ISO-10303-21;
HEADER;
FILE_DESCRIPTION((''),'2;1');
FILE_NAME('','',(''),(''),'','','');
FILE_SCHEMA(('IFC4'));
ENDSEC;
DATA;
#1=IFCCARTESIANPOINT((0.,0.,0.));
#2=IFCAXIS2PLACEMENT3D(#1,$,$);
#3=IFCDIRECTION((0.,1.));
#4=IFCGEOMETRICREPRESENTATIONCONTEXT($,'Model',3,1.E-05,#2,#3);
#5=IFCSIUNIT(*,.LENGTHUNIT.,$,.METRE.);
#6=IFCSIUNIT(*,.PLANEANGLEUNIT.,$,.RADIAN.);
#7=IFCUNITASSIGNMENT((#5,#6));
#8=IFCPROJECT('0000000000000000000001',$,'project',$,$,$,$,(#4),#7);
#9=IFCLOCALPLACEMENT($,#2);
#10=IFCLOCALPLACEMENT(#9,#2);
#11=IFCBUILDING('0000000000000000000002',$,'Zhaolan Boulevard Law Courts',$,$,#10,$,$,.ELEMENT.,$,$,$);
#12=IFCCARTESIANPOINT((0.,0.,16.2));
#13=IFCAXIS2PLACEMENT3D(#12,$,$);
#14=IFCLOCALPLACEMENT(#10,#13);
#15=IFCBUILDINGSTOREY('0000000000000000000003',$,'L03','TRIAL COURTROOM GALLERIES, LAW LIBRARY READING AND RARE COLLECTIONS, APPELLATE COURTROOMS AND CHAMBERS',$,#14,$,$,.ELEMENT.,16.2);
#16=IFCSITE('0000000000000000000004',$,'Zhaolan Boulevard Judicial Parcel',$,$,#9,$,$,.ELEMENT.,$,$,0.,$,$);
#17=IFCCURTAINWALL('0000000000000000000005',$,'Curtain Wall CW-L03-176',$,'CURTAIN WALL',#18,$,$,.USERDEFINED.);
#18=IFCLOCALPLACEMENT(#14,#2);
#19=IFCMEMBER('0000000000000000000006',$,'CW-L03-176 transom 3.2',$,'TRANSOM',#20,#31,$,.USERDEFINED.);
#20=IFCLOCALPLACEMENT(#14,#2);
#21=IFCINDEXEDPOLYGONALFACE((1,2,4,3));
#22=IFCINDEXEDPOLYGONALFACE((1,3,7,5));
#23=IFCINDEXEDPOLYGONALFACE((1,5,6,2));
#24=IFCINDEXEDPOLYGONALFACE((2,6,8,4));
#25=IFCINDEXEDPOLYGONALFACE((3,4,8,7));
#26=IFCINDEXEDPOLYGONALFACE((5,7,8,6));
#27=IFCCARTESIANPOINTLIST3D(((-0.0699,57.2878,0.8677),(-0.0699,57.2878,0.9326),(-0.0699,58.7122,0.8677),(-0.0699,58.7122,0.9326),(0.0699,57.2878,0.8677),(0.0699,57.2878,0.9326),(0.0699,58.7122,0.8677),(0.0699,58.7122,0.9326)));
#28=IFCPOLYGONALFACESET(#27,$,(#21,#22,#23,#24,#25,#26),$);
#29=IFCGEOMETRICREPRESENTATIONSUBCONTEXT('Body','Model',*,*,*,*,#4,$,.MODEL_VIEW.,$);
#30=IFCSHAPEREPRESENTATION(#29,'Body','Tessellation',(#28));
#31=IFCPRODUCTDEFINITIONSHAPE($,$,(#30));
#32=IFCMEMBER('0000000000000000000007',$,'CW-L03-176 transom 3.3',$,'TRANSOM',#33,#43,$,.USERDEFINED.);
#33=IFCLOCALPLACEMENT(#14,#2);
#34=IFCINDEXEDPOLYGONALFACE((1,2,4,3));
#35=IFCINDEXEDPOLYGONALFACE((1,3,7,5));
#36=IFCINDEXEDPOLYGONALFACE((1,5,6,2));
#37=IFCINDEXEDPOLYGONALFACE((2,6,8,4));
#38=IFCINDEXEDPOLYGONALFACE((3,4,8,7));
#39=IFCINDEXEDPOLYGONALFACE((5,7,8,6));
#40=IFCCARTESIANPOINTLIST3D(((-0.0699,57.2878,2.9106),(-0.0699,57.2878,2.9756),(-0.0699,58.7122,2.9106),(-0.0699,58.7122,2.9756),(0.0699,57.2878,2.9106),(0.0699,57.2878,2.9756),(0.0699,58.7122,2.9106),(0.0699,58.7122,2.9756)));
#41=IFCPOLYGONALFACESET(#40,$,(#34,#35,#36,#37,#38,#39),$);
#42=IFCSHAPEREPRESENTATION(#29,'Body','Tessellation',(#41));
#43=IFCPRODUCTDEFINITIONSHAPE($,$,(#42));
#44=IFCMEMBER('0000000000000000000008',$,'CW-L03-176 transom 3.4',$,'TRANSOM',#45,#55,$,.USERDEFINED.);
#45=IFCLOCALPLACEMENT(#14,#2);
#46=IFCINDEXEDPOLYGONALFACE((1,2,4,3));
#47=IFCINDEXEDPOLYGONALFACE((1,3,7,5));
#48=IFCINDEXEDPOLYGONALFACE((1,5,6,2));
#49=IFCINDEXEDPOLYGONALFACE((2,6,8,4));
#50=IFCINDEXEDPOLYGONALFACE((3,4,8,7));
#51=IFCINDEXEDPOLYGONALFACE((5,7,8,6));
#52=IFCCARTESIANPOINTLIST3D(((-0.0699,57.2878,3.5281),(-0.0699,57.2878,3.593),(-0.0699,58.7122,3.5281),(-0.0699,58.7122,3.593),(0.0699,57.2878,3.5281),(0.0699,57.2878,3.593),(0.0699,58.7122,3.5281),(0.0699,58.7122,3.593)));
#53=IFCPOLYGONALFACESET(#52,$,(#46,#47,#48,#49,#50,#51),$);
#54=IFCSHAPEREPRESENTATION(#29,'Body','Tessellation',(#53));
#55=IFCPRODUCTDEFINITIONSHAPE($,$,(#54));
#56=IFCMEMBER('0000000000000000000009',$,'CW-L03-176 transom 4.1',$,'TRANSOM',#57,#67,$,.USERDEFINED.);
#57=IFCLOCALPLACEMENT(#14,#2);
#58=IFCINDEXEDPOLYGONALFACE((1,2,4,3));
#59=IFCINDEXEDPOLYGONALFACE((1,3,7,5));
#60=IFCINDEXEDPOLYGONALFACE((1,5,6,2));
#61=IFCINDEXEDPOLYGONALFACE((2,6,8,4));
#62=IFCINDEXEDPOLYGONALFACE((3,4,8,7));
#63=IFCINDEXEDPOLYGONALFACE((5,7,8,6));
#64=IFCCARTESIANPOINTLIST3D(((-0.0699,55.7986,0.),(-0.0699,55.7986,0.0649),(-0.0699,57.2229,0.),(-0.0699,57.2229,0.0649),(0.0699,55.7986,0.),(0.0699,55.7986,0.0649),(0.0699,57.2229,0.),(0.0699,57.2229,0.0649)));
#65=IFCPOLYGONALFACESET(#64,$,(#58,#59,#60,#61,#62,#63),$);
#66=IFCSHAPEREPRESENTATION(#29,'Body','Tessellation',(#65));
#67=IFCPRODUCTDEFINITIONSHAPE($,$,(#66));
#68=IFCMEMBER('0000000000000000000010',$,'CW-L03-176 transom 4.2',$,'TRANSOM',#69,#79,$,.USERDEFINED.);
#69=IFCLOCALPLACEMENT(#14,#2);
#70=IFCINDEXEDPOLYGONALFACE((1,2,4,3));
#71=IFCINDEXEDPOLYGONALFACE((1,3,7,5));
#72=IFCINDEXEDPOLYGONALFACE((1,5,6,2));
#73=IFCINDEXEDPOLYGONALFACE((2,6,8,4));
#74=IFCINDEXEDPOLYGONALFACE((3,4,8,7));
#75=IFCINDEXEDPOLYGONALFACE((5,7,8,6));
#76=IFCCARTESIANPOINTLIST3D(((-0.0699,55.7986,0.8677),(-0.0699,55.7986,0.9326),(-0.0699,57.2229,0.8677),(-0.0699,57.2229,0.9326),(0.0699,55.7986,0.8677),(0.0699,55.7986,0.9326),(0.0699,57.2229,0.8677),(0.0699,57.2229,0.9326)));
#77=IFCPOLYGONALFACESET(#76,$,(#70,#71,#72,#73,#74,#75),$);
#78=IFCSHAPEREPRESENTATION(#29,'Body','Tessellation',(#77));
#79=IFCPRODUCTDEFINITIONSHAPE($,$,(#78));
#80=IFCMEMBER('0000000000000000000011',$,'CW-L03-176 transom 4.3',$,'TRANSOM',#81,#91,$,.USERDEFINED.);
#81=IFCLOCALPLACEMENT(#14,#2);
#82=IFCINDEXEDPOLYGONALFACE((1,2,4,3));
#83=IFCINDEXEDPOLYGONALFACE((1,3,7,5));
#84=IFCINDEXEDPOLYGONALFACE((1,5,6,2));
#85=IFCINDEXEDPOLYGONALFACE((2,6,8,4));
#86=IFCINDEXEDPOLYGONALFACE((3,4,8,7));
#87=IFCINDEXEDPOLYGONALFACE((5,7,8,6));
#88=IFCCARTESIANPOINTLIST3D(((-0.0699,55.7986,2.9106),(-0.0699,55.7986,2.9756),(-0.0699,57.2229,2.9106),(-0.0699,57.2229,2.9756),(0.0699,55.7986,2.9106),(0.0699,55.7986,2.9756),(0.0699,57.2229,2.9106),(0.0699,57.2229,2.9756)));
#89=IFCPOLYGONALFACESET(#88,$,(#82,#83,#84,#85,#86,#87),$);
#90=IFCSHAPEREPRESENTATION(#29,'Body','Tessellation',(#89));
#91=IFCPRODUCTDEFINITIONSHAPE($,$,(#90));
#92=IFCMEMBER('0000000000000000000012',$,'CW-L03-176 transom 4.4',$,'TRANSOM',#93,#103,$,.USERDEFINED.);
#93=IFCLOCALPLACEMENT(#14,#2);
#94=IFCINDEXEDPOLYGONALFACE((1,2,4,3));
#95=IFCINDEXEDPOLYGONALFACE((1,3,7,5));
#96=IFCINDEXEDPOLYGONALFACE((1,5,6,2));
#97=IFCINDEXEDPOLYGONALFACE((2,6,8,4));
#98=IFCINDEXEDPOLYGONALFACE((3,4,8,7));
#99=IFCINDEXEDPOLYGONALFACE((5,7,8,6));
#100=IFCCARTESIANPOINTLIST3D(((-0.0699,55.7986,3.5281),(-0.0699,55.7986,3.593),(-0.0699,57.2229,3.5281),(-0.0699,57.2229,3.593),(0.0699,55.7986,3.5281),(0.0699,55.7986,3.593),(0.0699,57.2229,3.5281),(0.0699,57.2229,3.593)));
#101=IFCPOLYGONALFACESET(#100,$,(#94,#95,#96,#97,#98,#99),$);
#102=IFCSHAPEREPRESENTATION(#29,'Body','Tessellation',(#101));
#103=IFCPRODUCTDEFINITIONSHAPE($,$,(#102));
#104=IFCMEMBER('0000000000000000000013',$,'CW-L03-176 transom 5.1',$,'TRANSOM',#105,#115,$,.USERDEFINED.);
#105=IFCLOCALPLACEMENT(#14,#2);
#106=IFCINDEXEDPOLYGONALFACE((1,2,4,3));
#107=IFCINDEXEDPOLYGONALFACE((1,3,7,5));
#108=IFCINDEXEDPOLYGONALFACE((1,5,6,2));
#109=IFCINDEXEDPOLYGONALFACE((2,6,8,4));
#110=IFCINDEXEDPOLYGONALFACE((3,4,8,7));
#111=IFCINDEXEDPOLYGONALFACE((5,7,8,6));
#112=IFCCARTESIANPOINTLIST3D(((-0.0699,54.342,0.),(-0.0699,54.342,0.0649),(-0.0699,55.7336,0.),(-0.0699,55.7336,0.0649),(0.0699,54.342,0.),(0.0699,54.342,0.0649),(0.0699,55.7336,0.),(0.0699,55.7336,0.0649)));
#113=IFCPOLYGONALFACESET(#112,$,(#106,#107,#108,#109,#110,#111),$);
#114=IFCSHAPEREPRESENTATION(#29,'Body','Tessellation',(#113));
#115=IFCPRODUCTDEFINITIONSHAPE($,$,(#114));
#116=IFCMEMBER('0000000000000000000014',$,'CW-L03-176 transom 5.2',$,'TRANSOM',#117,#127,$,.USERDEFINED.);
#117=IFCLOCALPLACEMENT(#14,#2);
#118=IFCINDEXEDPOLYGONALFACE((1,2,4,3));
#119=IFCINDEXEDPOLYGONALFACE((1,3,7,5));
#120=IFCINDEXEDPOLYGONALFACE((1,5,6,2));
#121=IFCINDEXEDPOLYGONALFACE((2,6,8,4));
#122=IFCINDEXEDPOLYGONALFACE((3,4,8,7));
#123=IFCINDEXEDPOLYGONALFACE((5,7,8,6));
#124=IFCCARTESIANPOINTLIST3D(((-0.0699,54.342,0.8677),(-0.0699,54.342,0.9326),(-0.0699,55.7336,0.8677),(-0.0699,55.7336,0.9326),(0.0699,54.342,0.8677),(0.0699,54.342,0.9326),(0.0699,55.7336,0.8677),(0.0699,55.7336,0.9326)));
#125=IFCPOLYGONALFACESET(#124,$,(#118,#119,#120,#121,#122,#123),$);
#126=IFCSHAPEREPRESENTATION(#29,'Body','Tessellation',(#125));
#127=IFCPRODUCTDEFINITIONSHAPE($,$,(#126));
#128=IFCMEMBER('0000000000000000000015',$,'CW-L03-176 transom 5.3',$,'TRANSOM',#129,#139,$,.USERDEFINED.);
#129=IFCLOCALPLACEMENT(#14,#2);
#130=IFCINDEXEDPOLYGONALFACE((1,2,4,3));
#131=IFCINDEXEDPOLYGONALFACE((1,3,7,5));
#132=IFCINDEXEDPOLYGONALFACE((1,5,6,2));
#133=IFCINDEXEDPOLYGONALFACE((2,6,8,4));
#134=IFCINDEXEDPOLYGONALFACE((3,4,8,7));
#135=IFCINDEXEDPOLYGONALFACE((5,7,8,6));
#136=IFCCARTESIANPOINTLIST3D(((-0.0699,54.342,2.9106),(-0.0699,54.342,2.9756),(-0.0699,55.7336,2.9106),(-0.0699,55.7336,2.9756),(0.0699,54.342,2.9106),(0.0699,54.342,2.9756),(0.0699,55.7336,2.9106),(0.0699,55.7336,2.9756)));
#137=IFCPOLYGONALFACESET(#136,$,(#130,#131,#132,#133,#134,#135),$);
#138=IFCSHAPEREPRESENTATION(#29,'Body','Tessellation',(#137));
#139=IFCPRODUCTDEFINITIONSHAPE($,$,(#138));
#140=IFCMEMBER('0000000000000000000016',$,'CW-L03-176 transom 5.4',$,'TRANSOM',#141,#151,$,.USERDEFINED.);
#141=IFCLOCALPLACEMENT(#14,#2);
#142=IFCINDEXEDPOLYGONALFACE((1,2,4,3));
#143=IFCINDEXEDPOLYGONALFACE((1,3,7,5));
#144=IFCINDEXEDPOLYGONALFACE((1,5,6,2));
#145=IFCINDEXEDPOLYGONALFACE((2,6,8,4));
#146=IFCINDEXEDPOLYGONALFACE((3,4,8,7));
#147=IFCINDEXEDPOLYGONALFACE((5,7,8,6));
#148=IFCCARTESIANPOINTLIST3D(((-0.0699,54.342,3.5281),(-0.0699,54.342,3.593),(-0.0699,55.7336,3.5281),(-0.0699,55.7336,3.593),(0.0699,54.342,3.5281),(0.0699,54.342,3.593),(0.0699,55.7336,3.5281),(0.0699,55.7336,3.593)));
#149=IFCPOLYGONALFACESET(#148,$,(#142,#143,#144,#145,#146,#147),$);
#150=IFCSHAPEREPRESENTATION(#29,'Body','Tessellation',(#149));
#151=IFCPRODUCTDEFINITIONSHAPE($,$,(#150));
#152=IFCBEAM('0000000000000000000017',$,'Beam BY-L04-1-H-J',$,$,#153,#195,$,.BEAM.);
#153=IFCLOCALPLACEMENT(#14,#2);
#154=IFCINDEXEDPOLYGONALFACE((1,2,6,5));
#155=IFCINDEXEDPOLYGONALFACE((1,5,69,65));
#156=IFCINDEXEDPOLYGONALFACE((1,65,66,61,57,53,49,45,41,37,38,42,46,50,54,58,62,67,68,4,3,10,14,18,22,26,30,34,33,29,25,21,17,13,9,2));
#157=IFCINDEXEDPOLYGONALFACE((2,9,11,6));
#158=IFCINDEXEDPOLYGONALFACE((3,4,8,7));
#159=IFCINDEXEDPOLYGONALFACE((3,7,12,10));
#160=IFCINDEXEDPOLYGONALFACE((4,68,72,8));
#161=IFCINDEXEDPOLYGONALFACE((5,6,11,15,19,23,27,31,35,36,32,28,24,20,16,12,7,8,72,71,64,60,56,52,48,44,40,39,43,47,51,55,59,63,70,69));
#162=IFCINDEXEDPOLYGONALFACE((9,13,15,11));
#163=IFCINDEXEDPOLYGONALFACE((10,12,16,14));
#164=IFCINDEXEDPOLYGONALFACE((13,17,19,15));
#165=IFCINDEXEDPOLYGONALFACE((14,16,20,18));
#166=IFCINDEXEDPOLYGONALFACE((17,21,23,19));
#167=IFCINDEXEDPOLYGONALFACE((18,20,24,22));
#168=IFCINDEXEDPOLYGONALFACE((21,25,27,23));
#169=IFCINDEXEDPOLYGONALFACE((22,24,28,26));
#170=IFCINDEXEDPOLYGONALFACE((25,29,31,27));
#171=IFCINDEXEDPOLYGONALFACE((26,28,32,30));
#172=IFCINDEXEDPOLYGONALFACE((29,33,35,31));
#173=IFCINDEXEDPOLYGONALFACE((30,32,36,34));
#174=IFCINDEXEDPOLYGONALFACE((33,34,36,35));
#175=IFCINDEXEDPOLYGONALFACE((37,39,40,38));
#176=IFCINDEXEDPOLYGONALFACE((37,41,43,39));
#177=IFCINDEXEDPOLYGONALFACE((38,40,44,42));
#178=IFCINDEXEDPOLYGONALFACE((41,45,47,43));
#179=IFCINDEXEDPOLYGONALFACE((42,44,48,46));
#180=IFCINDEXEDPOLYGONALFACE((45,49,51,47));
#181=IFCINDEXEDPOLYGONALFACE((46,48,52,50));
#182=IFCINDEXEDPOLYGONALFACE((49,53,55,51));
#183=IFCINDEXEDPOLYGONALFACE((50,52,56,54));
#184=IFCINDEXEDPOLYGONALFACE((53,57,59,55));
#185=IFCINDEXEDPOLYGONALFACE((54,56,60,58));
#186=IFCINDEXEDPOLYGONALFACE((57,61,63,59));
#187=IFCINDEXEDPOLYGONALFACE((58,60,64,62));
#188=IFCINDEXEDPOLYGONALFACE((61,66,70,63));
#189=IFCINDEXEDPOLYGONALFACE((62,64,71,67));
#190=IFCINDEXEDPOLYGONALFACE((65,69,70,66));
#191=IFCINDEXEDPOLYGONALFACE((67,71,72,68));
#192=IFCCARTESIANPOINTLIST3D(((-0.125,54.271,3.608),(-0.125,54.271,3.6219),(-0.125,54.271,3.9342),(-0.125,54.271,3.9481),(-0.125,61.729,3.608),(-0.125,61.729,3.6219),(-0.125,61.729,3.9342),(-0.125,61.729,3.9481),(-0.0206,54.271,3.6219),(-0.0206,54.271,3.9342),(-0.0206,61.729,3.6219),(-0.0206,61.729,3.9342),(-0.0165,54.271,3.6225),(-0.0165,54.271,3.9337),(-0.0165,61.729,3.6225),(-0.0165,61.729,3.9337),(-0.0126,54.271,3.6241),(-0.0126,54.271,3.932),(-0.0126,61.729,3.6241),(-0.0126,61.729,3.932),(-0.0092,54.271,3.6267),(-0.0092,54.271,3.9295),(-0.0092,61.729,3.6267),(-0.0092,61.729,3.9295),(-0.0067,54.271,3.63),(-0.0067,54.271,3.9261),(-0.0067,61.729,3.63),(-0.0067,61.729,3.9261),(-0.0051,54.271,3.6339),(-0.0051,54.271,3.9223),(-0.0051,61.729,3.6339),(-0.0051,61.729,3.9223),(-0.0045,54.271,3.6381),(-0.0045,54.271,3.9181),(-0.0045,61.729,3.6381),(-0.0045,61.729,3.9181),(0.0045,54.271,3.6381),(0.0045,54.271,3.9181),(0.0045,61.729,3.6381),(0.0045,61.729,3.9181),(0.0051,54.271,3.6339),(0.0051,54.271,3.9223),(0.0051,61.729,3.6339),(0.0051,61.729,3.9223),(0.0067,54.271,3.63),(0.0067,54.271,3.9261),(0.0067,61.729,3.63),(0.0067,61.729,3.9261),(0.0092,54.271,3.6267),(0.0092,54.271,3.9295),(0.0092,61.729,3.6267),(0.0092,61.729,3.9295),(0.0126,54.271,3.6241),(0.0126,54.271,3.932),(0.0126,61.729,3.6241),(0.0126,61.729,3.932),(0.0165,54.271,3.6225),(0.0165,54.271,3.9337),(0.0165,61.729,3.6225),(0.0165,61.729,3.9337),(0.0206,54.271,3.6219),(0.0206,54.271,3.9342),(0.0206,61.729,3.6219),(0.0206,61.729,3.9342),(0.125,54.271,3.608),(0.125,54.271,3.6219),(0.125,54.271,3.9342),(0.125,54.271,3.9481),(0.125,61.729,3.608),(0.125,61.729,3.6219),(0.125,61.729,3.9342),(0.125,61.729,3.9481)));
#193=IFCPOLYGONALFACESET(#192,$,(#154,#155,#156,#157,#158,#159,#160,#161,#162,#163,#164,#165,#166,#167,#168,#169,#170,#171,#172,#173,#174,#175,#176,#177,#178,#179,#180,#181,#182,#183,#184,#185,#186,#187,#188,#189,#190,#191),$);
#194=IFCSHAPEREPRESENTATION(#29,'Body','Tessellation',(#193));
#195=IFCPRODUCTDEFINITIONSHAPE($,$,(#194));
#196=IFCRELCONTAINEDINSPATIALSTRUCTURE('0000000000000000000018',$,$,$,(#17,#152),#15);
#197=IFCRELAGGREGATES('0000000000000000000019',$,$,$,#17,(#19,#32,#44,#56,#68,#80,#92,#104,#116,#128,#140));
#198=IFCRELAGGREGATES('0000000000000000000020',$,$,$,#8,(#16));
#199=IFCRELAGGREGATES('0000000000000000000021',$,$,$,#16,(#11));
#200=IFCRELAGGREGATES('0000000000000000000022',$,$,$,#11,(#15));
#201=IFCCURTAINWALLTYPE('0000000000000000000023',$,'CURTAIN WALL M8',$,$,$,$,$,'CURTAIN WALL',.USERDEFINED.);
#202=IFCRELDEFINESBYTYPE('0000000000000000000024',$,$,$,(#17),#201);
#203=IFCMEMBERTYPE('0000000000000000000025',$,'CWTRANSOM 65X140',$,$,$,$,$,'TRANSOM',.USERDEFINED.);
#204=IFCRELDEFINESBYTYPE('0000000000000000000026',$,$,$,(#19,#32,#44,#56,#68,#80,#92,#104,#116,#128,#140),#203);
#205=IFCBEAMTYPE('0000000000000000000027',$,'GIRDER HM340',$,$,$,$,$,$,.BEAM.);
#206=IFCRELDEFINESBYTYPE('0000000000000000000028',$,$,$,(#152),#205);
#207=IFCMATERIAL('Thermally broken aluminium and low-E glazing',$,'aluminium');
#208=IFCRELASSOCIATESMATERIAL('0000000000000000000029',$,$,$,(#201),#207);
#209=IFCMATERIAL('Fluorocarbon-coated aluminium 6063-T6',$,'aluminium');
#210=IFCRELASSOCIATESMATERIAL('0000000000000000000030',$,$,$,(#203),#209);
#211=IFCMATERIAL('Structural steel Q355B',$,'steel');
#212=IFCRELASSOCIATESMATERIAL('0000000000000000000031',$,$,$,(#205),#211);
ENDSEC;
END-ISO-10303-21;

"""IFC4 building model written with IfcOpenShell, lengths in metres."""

from ifc_helpers import new_model, si_unit, direction, frame, origin, origin_2d, place, context, subcontext, project, spatial, rectangle, i_section, extrude, material, material_profile, profile_set, type_object, element, aggregate, save


model = new_model("IFC4")

# Units and contexts
model_context = context("Model", 3, precision=1e-05, world=origin(), true_north=direction((0.0, 1.0)))
body_context = subcontext(model_context, "Body", "Model", "MODEL_VIEW")
ifc_project = project(units=[si_unit("LENGTHUNIT", "METRE"), si_unit("PLANEANGLEUNIT", "RADIAN")], contexts=[model_context])

# Site, building, storey
site_placement = place(None, origin())
site = spatial("IfcSite", under=ifc_project, at=site_placement, Name="Zhaolan Boulevard Judicial Parcel", CompositionType="ELEMENT", RefElevation=0.0)
building_placement = place(site_placement, origin())
building = spatial("IfcBuilding", under=site, at=building_placement, Name="Zhaolan Boulevard Law Courts", CompositionType="ELEMENT")
storey_placement = place(building_placement, frame((0.0, 0.0, 16.2)))
storey = spatial("IfcBuildingStorey", under=building, at=storey_placement, Name="L03", Description="TRIAL COURTROOM GALLERIES, LAW LIBRARY READING AND RARE COLLECTIONS, APPELLATE COURTROOMS AND CHAMBERS", CompositionType="ELEMENT", Elevation=16.2)

# Curtain wall
ifc_material_1 = material(Name="Thermally broken aluminium and low-E glazing", Category="aluminium")
curtain_wall_type_1 = type_object("IfcCurtainWallType", Name="CURTAIN WALL M8", ElementType="CURTAIN WALL", PredefinedType="USERDEFINED", material=ifc_material_1)
curtain_wall_1_placement = place(storey_placement, origin())
curtain_wall_1 = element("IfcCurtainWall", 1, at=curtain_wall_1_placement, inside=storey, type_object=curtain_wall_type_1, Name="Curtain Wall CW-L03-176", ObjectType="CURTAIN WALL", PredefinedType="USERDEFINED")

# Members
ifc_material_2 = material(Name="Fluorocarbon-coated aluminium 6063-T6", Category="aluminium")
ifc_material_profile_1 = material_profile(ifc_material_2, rectangle(XDim=0.1399, YDim=0.0649, at=origin_2d()), Name="AL65x140")
ifc_profile_set_1 = profile_set([ifc_material_profile_1], Name="Fluorocarbon-coated aluminium 6063-T6")
member_type_1 = type_object("IfcMemberType", Name="CWTRANSOM 65X140", ElementType="TRANSOM", PredefinedType="USERDEFINED", material=ifc_profile_set_1)
member_1_placement = place(storey_placement, frame((0.0, 58.7122, 0.9001), z_axis=(0.0, -1.0, 0.0), x_axis=(1.0, 0.0, 0.0)))
member_1 = element("IfcMember", 2, at=member_1_placement, type_object=member_type_1, Name="CW-L03-176 transom 3.2", ObjectType="TRANSOM", PredefinedType="USERDEFINED", context=body_context, shape_type="SweptSolid", body=[
    extrude(rectangle(XDim=0.1399, YDim=0.0649, at=origin_2d()), origin(), (0.0, 0.0, 1.0), 1.4243),
])
member_2_placement = place(storey_placement, frame((0.0, 58.7122, 2.9431), z_axis=(0.0, -1.0, 0.0), x_axis=(1.0, 0.0, 0.0)))
member_2 = element("IfcMember", 3, at=member_2_placement, type_object=member_type_1, Name="CW-L03-176 transom 3.3", ObjectType="TRANSOM", PredefinedType="USERDEFINED", context=body_context, shape_type="SweptSolid", body=[
    extrude(rectangle(XDim=0.1399, YDim=0.0649, at=origin_2d()), origin(), (0.0, 0.0, 1.0), 1.4243),
])
member_3_placement = place(storey_placement, frame((0.0, 58.7122, 3.5605), z_axis=(0.0, -1.0, 0.0), x_axis=(1.0, 0.0, 0.0)))
member_3 = element("IfcMember", 4, at=member_3_placement, type_object=member_type_1, Name="CW-L03-176 transom 3.4", ObjectType="TRANSOM", PredefinedType="USERDEFINED", context=body_context, shape_type="SweptSolid", body=[
    extrude(rectangle(XDim=0.1399, YDim=0.0649, at=origin_2d()), origin(), (0.0, 0.0, 1.0), 1.4243),
])
member_4_placement = place(storey_placement, frame((0.0, 57.2229, 0.0325), z_axis=(0.0, -1.0, 0.0), x_axis=(1.0, 0.0, 0.0)))
member_4 = element("IfcMember", 5, at=member_4_placement, type_object=member_type_1, Name="CW-L03-176 transom 4.1", ObjectType="TRANSOM", PredefinedType="USERDEFINED", context=body_context, shape_type="SweptSolid", body=[
    extrude(rectangle(XDim=0.1399, YDim=0.0649, at=origin_2d()), origin(), (0.0, 0.0, 1.0), 1.4243),
])
member_5_placement = place(storey_placement, frame((0.0, 57.2229, 0.9001), z_axis=(0.0, -1.0, 0.0), x_axis=(1.0, 0.0, 0.0)))
member_5 = element("IfcMember", 6, at=member_5_placement, type_object=member_type_1, Name="CW-L03-176 transom 4.2", ObjectType="TRANSOM", PredefinedType="USERDEFINED", context=body_context, shape_type="SweptSolid", body=[
    extrude(rectangle(XDim=0.1399, YDim=0.0649, at=origin_2d()), origin(), (0.0, 0.0, 1.0), 1.4243),
])
member_6_placement = place(storey_placement, frame((0.0, 57.2229, 2.9431), z_axis=(0.0, -1.0, 0.0), x_axis=(1.0, 0.0, 0.0)))
member_6 = element("IfcMember", 7, at=member_6_placement, type_object=member_type_1, Name="CW-L03-176 transom 4.3", ObjectType="TRANSOM", PredefinedType="USERDEFINED", context=body_context, shape_type="SweptSolid", body=[
    extrude(rectangle(XDim=0.1399, YDim=0.0649, at=origin_2d()), origin(), (0.0, 0.0, 1.0), 1.4243),
])
member_7_placement = place(storey_placement, frame((0.0, 57.2229, 3.5605), z_axis=(0.0, -1.0, 0.0), x_axis=(1.0, 0.0, 0.0)))
member_7 = element("IfcMember", 8, at=member_7_placement, type_object=member_type_1, Name="CW-L03-176 transom 4.4", ObjectType="TRANSOM", PredefinedType="USERDEFINED", context=body_context, shape_type="SweptSolid", body=[
    extrude(rectangle(XDim=0.1399, YDim=0.0649, at=origin_2d()), origin(), (0.0, 0.0, 1.0), 1.4243),
])
member_8_placement = place(storey_placement, frame((0.0, 55.7336, 0.0325), z_axis=(0.0, -1.0, 0.0), x_axis=(1.0, 0.0, 0.0)))
member_8 = element("IfcMember", 9, at=member_8_placement, type_object=member_type_1, Name="CW-L03-176 transom 5.1", ObjectType="TRANSOM", PredefinedType="USERDEFINED", context=body_context, shape_type="SweptSolid", body=[
    extrude(rectangle(XDim=0.1399, YDim=0.0649, at=origin_2d()), origin(), (0.0, 0.0, 1.0), 1.3916),
])
member_9_placement = place(storey_placement, frame((0.0, 55.7336, 0.9001), z_axis=(0.0, -1.0, 0.0), x_axis=(1.0, 0.0, 0.0)))
member_9 = element("IfcMember", 10, at=member_9_placement, type_object=member_type_1, Name="CW-L03-176 transom 5.2", ObjectType="TRANSOM", PredefinedType="USERDEFINED", context=body_context, shape_type="SweptSolid", body=[
    extrude(rectangle(XDim=0.1399, YDim=0.0649, at=origin_2d()), origin(), (0.0, 0.0, 1.0), 1.3916),
])
member_10_placement = place(storey_placement, frame((0.0, 55.7336, 2.9431), z_axis=(0.0, -1.0, 0.0), x_axis=(1.0, 0.0, 0.0)))
member_10 = element("IfcMember", 11, at=member_10_placement, type_object=member_type_1, Name="CW-L03-176 transom 5.3", ObjectType="TRANSOM", PredefinedType="USERDEFINED", context=body_context, shape_type="SweptSolid", body=[
    extrude(rectangle(XDim=0.1399, YDim=0.0649, at=origin_2d()), origin(), (0.0, 0.0, 1.0), 1.3916),
])
member_11_placement = place(storey_placement, frame((0.0, 55.7336, 3.5605), z_axis=(0.0, -1.0, 0.0), x_axis=(1.0, 0.0, 0.0)))
member_11 = element("IfcMember", 12, at=member_11_placement, type_object=member_type_1, Name="CW-L03-176 transom 5.4", ObjectType="TRANSOM", PredefinedType="USERDEFINED", context=body_context, shape_type="SweptSolid", body=[
    extrude(rectangle(XDim=0.1399, YDim=0.0649, at=origin_2d()), origin(), (0.0, 0.0, 1.0), 1.3916),
])

# Beam
ifc_material_3 = material(Name="Structural steel Q355B", Category="steel")
ifc_material_profile_2 = material_profile(ifc_material_3, i_section(OverallWidth=0.25, OverallDepth=0.3401, WebThickness=0.009, FlangeThickness=0.0139, FilletRadius=0.0161, at=origin_2d()), Name="HM340x250")
ifc_profile_set_2 = profile_set([ifc_material_profile_2], Name="Structural steel Q355B")
beam_type_1 = type_object("IfcBeamType", Name="GIRDER HM340", PredefinedType="BEAM", material=ifc_profile_set_2)
beam_1_placement = place(storey_placement, frame((0.0, 54.271, 3.7781), z_axis=(0.0, 1.0, 0.0), x_axis=(-1.0, 0.0, 0.0)))
element("IfcBeam", 13, at=beam_1_placement, inside=storey, type_object=beam_type_1, Name="Beam BY-L04-1-H-J", PredefinedType="BEAM", context=body_context, shape_type="SweptSolid", body=[
    extrude(i_section(OverallWidth=0.25, OverallDepth=0.3401, WebThickness=0.009, FlangeThickness=0.0139, FilletRadius=0.0161, at=origin_2d()), origin(), (0.0, 0.0, 1.0), 7.458),
])

aggregate(curtain_wall_1, [member_1, member_2, member_3, member_4, member_5, member_6, member_7, member_8, member_9, member_10, member_11])

save(model, "model.ifc")
